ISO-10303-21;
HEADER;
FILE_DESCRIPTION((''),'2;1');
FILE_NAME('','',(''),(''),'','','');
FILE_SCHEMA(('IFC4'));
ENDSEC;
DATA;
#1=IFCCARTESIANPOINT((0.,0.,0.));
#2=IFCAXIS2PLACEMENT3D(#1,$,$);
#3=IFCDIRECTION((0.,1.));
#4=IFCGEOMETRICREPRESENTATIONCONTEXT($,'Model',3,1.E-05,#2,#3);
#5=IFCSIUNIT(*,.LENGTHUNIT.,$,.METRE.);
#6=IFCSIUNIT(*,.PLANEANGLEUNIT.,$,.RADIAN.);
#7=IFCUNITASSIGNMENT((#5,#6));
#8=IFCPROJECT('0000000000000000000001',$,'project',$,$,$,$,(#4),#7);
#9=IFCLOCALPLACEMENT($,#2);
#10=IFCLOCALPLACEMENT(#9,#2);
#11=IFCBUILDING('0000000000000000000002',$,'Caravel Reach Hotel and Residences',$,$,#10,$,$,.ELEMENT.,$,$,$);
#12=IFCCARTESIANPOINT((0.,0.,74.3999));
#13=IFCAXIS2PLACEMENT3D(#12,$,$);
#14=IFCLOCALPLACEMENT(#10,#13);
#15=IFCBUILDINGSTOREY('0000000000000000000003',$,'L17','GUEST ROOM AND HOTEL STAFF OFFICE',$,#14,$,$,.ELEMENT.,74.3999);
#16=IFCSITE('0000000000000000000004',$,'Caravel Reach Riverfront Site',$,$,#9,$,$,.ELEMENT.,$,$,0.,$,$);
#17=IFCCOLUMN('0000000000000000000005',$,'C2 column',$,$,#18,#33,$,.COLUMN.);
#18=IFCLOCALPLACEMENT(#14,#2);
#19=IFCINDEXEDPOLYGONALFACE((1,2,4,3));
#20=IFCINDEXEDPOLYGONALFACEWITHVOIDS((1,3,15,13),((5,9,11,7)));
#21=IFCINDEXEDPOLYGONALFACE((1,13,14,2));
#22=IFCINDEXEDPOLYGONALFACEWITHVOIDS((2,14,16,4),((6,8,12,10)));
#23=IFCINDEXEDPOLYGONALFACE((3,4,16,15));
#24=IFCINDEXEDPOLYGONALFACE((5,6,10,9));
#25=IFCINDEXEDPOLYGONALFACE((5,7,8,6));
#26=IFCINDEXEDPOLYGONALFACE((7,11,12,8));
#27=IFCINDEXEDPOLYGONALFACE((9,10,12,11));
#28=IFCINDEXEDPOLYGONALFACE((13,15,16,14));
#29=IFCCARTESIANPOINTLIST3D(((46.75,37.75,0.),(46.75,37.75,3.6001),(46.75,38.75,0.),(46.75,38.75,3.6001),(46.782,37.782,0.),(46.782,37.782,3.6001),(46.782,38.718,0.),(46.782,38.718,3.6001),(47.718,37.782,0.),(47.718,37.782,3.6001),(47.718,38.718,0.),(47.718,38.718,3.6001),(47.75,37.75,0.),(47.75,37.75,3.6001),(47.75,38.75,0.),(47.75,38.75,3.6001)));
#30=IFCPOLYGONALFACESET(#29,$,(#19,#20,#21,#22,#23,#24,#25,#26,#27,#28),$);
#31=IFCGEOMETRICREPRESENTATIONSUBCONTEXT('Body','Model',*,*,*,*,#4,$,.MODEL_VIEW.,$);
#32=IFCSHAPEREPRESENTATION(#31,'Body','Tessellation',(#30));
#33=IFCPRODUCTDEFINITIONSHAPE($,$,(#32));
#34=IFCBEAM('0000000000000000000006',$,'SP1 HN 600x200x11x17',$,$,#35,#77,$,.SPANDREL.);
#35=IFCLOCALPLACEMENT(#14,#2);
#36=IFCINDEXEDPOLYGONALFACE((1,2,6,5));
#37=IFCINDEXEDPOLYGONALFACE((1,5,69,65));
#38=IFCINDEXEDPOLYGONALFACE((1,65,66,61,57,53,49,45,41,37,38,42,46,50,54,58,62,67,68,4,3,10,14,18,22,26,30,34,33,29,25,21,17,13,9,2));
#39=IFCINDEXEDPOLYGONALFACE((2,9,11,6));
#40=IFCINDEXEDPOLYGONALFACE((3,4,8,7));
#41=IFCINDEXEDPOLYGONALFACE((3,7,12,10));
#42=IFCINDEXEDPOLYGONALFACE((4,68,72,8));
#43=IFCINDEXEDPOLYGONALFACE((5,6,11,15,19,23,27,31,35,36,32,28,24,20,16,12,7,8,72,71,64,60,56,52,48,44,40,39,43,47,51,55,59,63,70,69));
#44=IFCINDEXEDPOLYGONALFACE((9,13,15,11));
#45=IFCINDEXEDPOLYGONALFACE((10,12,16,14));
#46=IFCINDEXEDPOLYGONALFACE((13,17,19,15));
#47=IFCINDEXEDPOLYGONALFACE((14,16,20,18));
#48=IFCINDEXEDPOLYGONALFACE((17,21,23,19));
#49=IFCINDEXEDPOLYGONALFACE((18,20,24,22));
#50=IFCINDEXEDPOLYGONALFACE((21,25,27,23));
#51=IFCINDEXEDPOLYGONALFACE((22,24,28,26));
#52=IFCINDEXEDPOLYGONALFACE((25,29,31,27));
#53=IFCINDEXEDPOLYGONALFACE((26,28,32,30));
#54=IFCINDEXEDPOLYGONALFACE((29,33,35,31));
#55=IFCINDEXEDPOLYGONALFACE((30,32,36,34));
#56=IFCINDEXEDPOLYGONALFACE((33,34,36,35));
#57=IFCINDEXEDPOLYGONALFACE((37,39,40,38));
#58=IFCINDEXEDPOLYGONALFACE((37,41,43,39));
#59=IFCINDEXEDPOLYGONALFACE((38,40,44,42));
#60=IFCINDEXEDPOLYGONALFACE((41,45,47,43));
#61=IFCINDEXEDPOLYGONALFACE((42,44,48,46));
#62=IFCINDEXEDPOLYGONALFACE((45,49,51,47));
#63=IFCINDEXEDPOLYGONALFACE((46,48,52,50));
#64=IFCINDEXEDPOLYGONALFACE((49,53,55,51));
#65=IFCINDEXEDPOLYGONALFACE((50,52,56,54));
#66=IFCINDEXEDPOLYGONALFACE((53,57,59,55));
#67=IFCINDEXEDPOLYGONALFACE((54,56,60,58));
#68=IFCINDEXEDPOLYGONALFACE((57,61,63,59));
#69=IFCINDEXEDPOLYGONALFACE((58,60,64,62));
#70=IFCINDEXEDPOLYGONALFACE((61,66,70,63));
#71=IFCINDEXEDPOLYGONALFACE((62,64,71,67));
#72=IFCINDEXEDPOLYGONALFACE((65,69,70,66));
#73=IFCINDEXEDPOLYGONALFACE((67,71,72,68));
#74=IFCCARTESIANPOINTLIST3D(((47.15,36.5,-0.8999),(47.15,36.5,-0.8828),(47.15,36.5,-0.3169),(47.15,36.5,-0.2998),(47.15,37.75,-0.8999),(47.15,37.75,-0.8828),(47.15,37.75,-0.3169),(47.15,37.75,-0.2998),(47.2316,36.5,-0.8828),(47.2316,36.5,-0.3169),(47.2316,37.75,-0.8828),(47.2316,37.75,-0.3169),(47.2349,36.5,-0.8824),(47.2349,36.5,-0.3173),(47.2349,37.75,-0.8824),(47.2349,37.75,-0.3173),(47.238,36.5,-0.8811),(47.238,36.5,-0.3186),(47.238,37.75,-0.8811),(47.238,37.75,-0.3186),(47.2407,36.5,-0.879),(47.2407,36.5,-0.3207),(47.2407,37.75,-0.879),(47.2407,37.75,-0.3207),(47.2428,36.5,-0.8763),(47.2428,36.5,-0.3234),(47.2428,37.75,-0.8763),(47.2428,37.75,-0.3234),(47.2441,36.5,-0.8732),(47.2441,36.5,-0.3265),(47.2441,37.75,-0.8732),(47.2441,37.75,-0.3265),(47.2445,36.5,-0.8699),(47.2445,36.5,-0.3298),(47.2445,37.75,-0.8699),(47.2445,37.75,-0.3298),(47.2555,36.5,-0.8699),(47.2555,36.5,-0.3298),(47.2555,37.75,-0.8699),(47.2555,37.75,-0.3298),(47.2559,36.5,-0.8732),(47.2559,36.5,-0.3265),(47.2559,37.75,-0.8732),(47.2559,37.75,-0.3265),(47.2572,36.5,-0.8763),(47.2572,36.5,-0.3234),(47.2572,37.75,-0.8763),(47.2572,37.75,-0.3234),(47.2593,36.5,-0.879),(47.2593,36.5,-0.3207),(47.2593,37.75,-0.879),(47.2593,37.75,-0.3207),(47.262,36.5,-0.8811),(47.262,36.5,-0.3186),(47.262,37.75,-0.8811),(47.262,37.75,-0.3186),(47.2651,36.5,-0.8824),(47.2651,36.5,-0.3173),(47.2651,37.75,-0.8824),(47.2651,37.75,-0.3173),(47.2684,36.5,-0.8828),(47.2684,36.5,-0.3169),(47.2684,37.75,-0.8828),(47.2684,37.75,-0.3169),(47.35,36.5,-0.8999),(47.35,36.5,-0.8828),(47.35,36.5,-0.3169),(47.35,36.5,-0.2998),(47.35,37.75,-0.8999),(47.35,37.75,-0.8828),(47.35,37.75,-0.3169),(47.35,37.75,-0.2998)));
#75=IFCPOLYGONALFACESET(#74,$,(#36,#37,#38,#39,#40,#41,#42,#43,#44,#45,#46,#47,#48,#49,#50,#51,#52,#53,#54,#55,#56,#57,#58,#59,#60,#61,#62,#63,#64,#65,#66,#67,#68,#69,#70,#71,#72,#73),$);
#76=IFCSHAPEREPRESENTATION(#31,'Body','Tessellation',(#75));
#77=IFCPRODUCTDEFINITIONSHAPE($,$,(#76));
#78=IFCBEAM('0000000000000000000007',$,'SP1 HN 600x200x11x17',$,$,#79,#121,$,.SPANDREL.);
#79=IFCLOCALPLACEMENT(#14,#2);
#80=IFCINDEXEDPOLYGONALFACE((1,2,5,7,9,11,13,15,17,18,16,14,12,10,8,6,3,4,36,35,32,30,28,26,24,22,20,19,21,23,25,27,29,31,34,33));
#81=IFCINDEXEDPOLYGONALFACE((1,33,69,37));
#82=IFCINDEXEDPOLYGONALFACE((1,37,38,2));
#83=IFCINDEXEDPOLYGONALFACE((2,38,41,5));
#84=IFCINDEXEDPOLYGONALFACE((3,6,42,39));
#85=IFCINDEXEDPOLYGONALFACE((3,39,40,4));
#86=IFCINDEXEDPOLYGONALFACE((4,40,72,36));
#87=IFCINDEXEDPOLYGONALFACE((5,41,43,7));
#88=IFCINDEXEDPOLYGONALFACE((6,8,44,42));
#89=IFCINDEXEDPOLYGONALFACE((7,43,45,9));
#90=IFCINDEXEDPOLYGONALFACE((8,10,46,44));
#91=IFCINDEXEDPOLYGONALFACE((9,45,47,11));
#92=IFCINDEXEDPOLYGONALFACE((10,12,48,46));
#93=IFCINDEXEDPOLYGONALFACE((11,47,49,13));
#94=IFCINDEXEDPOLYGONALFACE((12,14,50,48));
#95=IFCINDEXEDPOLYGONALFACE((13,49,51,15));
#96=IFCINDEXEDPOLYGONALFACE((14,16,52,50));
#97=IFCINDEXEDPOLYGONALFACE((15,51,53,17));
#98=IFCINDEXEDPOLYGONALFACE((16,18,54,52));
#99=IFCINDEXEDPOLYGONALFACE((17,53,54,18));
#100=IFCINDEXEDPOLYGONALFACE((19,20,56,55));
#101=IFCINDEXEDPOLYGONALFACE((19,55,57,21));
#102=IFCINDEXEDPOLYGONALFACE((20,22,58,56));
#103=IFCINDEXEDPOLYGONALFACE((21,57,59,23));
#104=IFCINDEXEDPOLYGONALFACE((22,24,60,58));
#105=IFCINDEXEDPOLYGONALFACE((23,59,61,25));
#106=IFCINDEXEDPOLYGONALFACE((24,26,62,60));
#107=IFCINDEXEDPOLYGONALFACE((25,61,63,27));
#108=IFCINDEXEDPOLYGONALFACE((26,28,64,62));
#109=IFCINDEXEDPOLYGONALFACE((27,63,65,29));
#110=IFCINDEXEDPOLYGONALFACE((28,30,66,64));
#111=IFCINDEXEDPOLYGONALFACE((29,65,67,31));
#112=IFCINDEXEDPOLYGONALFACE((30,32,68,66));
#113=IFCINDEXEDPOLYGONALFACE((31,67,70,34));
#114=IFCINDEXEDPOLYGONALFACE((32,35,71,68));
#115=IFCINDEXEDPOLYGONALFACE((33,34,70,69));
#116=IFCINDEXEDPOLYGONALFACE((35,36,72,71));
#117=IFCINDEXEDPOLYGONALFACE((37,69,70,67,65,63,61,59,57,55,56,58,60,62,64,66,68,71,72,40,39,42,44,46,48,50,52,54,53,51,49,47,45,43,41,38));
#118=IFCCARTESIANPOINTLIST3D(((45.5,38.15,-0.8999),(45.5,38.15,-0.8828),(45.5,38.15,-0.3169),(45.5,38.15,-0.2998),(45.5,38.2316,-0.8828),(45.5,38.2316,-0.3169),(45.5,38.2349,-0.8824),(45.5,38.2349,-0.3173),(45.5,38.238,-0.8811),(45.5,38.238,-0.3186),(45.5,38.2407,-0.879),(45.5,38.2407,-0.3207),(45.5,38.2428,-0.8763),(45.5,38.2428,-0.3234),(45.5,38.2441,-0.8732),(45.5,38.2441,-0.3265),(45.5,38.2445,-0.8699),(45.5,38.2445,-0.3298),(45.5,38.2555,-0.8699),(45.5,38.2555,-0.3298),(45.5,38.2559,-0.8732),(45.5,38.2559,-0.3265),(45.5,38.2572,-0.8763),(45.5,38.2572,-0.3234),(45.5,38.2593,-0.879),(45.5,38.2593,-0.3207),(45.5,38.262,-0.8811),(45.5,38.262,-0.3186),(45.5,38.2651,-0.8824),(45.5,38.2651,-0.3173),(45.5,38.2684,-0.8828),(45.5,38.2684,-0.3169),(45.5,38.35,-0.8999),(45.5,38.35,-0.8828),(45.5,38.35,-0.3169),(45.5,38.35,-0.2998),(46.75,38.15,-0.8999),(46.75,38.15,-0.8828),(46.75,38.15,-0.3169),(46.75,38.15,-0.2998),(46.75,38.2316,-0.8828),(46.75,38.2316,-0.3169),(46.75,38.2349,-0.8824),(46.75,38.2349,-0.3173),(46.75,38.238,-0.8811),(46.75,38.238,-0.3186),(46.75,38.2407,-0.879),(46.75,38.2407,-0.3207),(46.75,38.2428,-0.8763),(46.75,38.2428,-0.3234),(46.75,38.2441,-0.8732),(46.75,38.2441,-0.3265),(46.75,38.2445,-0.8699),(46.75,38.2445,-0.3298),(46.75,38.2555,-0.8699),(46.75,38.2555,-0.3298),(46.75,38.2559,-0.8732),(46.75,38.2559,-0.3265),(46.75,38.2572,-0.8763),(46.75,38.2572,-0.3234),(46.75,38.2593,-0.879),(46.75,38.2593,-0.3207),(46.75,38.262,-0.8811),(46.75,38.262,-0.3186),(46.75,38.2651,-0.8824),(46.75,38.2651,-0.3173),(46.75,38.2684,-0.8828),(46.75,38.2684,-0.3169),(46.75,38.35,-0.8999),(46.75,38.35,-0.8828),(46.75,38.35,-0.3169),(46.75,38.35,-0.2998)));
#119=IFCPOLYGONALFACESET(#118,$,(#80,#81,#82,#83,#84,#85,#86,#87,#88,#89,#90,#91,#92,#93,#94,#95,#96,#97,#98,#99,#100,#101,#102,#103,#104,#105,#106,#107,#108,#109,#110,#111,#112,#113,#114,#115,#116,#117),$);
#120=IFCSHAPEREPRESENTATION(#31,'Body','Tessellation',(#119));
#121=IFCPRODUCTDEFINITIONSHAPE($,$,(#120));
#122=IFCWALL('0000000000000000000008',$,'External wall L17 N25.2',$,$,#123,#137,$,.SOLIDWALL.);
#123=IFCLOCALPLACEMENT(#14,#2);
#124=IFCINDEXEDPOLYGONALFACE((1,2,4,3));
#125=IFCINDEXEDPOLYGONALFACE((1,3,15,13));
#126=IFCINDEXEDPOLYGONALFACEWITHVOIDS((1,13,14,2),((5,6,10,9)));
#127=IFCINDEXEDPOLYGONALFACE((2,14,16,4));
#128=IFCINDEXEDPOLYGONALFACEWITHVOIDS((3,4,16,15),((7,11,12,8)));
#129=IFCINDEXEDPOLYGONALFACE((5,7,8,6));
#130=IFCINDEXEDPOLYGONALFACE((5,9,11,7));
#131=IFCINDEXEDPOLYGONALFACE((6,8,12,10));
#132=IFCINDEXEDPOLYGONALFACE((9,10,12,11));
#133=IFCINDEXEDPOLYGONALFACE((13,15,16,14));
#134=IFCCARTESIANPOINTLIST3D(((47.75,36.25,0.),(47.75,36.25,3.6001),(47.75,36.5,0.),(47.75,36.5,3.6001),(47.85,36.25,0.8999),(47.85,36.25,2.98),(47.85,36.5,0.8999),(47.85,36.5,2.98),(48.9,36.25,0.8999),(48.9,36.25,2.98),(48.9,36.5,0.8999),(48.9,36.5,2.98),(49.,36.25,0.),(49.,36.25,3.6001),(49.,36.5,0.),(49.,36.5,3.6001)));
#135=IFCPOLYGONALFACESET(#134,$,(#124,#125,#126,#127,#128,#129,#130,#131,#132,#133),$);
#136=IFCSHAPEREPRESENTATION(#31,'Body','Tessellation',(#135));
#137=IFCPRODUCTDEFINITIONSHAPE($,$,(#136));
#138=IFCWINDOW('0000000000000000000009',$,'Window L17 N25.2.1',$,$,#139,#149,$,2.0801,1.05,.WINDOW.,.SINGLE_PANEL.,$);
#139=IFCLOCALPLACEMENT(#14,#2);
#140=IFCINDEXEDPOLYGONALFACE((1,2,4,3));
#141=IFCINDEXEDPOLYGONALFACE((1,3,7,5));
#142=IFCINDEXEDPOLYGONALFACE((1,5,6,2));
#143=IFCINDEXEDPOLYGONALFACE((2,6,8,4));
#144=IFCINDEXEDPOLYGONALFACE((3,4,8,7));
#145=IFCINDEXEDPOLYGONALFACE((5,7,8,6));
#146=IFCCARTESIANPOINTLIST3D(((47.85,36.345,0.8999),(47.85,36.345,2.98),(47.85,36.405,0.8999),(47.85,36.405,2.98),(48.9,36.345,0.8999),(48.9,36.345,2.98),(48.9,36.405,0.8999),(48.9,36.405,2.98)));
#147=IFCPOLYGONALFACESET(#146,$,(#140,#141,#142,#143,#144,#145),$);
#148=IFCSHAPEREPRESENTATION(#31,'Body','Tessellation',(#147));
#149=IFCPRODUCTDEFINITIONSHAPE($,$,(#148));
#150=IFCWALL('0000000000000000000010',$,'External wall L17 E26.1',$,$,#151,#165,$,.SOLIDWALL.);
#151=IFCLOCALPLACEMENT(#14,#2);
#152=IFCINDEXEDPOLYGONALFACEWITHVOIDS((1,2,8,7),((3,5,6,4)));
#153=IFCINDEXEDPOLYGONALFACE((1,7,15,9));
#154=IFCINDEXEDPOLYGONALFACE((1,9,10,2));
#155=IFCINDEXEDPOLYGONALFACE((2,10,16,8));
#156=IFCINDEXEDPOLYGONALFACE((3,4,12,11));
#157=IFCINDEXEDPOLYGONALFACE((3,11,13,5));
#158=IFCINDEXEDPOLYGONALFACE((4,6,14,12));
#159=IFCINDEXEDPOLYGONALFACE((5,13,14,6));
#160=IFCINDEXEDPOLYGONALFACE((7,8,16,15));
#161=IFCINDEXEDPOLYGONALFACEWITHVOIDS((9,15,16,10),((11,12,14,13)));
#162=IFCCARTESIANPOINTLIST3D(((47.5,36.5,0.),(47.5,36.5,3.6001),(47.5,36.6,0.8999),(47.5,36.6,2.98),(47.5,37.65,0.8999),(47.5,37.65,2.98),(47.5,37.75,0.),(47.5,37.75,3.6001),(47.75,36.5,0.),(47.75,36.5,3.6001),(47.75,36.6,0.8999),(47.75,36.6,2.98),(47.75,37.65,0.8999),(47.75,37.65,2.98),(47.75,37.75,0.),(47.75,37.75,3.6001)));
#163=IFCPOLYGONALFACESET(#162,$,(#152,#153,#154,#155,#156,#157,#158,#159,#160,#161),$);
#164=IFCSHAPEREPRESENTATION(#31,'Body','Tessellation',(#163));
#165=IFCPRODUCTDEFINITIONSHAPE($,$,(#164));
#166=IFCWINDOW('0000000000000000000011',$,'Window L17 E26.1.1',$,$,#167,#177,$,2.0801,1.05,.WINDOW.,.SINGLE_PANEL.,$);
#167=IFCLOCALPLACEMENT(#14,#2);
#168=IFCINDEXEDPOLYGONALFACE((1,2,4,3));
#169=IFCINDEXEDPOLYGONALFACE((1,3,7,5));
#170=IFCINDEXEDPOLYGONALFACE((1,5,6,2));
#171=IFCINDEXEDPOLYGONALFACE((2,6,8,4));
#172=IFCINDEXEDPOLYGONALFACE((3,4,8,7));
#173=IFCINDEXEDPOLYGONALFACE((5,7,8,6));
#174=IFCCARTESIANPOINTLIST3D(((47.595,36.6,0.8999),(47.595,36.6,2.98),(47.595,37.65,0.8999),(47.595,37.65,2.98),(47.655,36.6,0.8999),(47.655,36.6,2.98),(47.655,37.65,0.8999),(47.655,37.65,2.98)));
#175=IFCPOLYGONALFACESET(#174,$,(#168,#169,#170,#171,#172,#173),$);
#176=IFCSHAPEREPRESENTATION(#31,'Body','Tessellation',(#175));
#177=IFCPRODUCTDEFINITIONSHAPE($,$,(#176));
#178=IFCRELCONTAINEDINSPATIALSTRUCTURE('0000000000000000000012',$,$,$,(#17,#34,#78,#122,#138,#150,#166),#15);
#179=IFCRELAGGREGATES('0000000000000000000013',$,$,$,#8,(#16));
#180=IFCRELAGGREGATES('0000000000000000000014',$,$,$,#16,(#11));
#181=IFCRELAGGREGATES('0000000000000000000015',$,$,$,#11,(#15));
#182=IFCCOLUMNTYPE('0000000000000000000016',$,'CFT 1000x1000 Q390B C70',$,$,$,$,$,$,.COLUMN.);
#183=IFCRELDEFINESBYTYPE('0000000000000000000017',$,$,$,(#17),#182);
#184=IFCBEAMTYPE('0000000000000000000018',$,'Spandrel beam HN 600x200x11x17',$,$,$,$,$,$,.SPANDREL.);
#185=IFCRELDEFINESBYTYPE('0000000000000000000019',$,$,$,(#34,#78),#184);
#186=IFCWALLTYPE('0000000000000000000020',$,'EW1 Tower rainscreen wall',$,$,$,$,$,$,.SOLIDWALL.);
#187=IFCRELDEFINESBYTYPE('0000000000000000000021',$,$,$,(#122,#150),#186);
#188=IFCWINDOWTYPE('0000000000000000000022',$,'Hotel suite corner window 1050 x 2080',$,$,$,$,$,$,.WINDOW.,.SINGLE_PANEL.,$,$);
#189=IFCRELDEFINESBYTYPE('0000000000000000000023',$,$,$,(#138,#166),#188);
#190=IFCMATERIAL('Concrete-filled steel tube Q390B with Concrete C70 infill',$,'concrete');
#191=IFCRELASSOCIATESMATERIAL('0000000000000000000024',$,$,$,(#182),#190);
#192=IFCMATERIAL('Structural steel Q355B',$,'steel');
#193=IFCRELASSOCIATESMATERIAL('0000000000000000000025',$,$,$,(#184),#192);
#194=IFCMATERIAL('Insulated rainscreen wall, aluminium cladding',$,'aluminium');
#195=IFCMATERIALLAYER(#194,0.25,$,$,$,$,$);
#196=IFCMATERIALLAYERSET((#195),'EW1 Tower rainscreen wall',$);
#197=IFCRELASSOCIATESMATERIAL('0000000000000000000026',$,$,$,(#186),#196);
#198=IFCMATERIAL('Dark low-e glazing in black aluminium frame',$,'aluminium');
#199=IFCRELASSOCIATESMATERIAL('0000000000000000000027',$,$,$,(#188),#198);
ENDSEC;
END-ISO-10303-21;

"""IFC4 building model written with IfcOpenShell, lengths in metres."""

from ifc_helpers import new_model, si_unit, direction, frame, frame_2d, origin, origin_2d, place, context, subcontext, project, spatial, rectangle, hollow_rectangle, i_section, extrude, material, layer, layer_set, material_profile, profile_set, type_object, element, fill, save


model = new_model("IFC4")

# Units and contexts
model_context = context("Model", 3, precision=1e-05, world=origin(), true_north=direction((0.0, 1.0)))
body_context = subcontext(model_context, "Body", "Model", "MODEL_VIEW")
ifc_project = project(units=[si_unit("LENGTHUNIT", "METRE"), si_unit("PLANEANGLEUNIT", "RADIAN")], contexts=[model_context])

# Site, building, storey
site_placement = place(None, origin())
site = spatial("IfcSite", under=ifc_project, at=site_placement, Name="Caravel Reach Riverfront Site", CompositionType="ELEMENT", RefElevation=0.0)
building_placement = place(site_placement, origin())
building = spatial("IfcBuilding", under=site, at=building_placement, Name="Caravel Reach Hotel and Residences", CompositionType="ELEMENT")
storey_placement = place(building_placement, frame((0.0, 0.0, 74.3999)))
storey = spatial("IfcBuildingStorey", under=building, at=storey_placement, Name="L17", Description="GUEST ROOM AND HOTEL STAFF OFFICE", CompositionType="ELEMENT", Elevation=74.3999)

# Column
ifc_material_1 = material(Name="Concrete-filled steel tube Q390B with Concrete C70 infill", Category="concrete")
ifc_material_profile_1 = material_profile(ifc_material_1, hollow_rectangle(XDim=1.0, YDim=1.0, WallThickness=0.032, at=origin_2d()), Name="RHS 1000x1000x32")
ifc_profile_set_1 = profile_set([ifc_material_profile_1], Name="Concrete-filled steel tube Q390B with Concrete C70 infill")
column_type = type_object("IfcColumnType", Name="CFT 1000x1000 Q390B C70", PredefinedType="COLUMN", material=ifc_profile_set_1)
column_placement = place(storey_placement, frame((47.25, 38.25, 0.0), z_axis=(0.0, 0.0, 1.0), x_axis=(1.0, 0.0, 0.0)))
element("IfcColumn", 1, at=column_placement, inside=storey, type_object=column_type, Name="C2 column", PredefinedType="COLUMN", context=body_context, shape_type="SweptSolid", body=[
    extrude(hollow_rectangle(XDim=1.0, YDim=1.0, WallThickness=0.032, at=origin_2d()), origin(), (0.0, 0.0, 1.0), 3.6001),
])

# Beams
ifc_material_2 = material(Name="Structural steel Q355B", Category="steel")
ifc_material_profile_2 = material_profile(ifc_material_2, i_section(OverallWidth=0.2, OverallDepth=0.6001, WebThickness=0.011, FlangeThickness=0.0171, FilletRadius=0.0129, at=origin_2d()), Name="HN 600x200x11x17")
ifc_profile_set_2 = profile_set([ifc_material_profile_2], Name="Structural steel Q355B")
beam_type = type_object("IfcBeamType", Name="Spandrel beam HN 600x200x11x17", PredefinedType="SPANDREL", material=ifc_profile_set_2)
for number, where, z_axis, x_axis, name in (
    (2, (47.25, 36.5, -0.5999), (0.0, 1.0, 0.0), (-1.0, 0.0, 0.0), "SP1 HN 600x200x11x17"),
    (3, (46.75, 38.25, -0.5999), (-1.0, 0.0, 0.0), (0.0, -1.0, 0.0), "SP1 HN 600x200x11x17"),
):
    element("IfcBeam", number, at=place(storey_placement, frame(where, z_axis=z_axis, x_axis=x_axis)), inside=storey, type_object=beam_type, Name=name, PredefinedType="SPANDREL", context=body_context, shape_type="SweptSolid", body=[
        extrude(i_section(OverallWidth=0.2, OverallDepth=0.6001, WebThickness=0.011, FlangeThickness=0.0171, FilletRadius=0.0129, at=origin_2d()), origin(), (0.0, 0.0, 1.0), 1.25),
    ])

# Walls, openings, windows
ifc_material_3 = material(Name="Insulated rainscreen wall, aluminium cladding", Category="aluminium")
ifc_layer = layer(ifc_material_3, 0.25)
ifc_layer_set = layer_set([ifc_layer], Name="EW1 Tower rainscreen wall")
wall_type = type_object("IfcWallType", Name="EW1 Tower rainscreen wall", PredefinedType="SOLIDWALL", material=ifc_layer_set)
wall_1_placement = place(storey_placement, frame((49.0, 36.375, 0.0), z_axis=(0.0, 0.0, 1.0), x_axis=(-1.0, 0.0, 0.0)))
wall_1 = element("IfcWall", 4, at=wall_1_placement, inside=storey, type_object=wall_type, Name="External wall L17 N25.2", PredefinedType="SOLIDWALL", context=body_context, shape_type="SweptSolid", body=[
    extrude(rectangle(XDim=1.25, YDim=0.25, at=frame_2d((0.625, 0.0))), origin(), (0.0, 0.0, 1.0), 3.6001),
])
opening_1_placement = place(wall_1_placement, frame((0.1001, 0.0, 0.8999)))
opening_1 = element("IfcOpeningElement", 5, at=opening_1_placement, cuts=wall_1, PredefinedType="OPENING", context=body_context, shape_type="SweptSolid", body=[
    extrude(rectangle(XDim=1.05, YDim=2.0801, at=frame_2d((0.5249, 1.04))), frame((0.0, 0.135, 0.0), z_axis=(0.0, -1.0, 0.0), x_axis=(1.0, 0.0, 0.0)), (0.0, 0.0, 1.0), 0.27),
])
ifc_material_4 = material(Name="Dark low-e glazing in black aluminium frame", Category="aluminium")
window_type = type_object("IfcWindowType", Name="Hotel suite corner window 1050 x 2080", PartitioningType="SINGLE_PANEL", PredefinedType="WINDOW", material=ifc_material_4)
window_1_placement = place(opening_1_placement, origin())
window_1 = element("IfcWindow", 6, at=window_1_placement, inside=storey, type_object=window_type, Name="Window L17 N25.2.1", OverallHeight=2.0801, OverallWidth=1.05, PartitioningType="SINGLE_PANEL", PredefinedType="WINDOW", context=body_context, shape_type="SweptSolid", body=[
    extrude(rectangle(XDim=1.05, YDim=2.0801, at=frame_2d((0.5249, 1.04))), frame((0.0, 0.03, 0.0), z_axis=(0.0, -1.0, 0.0), x_axis=(1.0, 0.0, 0.0)), (0.0, 0.0, 1.0), 0.0601),
])
fill(opening_1, window_1)
wall_2_placement = place(storey_placement, frame((47.625, 36.5, 0.0), z_axis=(0.0, 0.0, 1.0), x_axis=(0.0, 1.0, 0.0)))
wall_2 = element("IfcWall", 7, at=wall_2_placement, inside=storey, type_object=wall_type, Name="External wall L17 E26.1", PredefinedType="SOLIDWALL", context=body_context, shape_type="SweptSolid", body=[
    extrude(rectangle(XDim=1.25, YDim=0.25, at=frame_2d((0.625, 0.0))), origin(), (0.0, 0.0, 1.0), 3.6001),
])
opening_2_placement = place(wall_2_placement, frame((0.1001, 0.0, 0.8999)))
opening_2 = element("IfcOpeningElement", 8, at=opening_2_placement, cuts=wall_2, PredefinedType="OPENING", context=body_context, shape_type="SweptSolid", body=[
    extrude(rectangle(XDim=1.05, YDim=2.0801, at=frame_2d((0.5249, 1.04))), frame((0.0, 0.135, 0.0), z_axis=(0.0, -1.0, 0.0), x_axis=(1.0, 0.0, 0.0)), (0.0, 0.0, 1.0), 0.27),
])
window_2_placement = place(opening_2_placement, origin())
window_2 = element("IfcWindow", 9, at=window_2_placement, inside=storey, type_object=window_type, Name="Window L17 E26.1.1", OverallHeight=2.0801, OverallWidth=1.05, PartitioningType="SINGLE_PANEL", PredefinedType="WINDOW", context=body_context, shape_type="SweptSolid", body=[
    extrude(rectangle(XDim=1.05, YDim=2.0801, at=frame_2d((0.5249, 1.04))), frame((0.0, 0.03, 0.0), z_axis=(0.0, -1.0, 0.0), x_axis=(1.0, 0.0, 0.0)), (0.0, 0.0, 1.0), 0.0601),
])
fill(opening_2, window_2)

save(model, "model.ifc")
